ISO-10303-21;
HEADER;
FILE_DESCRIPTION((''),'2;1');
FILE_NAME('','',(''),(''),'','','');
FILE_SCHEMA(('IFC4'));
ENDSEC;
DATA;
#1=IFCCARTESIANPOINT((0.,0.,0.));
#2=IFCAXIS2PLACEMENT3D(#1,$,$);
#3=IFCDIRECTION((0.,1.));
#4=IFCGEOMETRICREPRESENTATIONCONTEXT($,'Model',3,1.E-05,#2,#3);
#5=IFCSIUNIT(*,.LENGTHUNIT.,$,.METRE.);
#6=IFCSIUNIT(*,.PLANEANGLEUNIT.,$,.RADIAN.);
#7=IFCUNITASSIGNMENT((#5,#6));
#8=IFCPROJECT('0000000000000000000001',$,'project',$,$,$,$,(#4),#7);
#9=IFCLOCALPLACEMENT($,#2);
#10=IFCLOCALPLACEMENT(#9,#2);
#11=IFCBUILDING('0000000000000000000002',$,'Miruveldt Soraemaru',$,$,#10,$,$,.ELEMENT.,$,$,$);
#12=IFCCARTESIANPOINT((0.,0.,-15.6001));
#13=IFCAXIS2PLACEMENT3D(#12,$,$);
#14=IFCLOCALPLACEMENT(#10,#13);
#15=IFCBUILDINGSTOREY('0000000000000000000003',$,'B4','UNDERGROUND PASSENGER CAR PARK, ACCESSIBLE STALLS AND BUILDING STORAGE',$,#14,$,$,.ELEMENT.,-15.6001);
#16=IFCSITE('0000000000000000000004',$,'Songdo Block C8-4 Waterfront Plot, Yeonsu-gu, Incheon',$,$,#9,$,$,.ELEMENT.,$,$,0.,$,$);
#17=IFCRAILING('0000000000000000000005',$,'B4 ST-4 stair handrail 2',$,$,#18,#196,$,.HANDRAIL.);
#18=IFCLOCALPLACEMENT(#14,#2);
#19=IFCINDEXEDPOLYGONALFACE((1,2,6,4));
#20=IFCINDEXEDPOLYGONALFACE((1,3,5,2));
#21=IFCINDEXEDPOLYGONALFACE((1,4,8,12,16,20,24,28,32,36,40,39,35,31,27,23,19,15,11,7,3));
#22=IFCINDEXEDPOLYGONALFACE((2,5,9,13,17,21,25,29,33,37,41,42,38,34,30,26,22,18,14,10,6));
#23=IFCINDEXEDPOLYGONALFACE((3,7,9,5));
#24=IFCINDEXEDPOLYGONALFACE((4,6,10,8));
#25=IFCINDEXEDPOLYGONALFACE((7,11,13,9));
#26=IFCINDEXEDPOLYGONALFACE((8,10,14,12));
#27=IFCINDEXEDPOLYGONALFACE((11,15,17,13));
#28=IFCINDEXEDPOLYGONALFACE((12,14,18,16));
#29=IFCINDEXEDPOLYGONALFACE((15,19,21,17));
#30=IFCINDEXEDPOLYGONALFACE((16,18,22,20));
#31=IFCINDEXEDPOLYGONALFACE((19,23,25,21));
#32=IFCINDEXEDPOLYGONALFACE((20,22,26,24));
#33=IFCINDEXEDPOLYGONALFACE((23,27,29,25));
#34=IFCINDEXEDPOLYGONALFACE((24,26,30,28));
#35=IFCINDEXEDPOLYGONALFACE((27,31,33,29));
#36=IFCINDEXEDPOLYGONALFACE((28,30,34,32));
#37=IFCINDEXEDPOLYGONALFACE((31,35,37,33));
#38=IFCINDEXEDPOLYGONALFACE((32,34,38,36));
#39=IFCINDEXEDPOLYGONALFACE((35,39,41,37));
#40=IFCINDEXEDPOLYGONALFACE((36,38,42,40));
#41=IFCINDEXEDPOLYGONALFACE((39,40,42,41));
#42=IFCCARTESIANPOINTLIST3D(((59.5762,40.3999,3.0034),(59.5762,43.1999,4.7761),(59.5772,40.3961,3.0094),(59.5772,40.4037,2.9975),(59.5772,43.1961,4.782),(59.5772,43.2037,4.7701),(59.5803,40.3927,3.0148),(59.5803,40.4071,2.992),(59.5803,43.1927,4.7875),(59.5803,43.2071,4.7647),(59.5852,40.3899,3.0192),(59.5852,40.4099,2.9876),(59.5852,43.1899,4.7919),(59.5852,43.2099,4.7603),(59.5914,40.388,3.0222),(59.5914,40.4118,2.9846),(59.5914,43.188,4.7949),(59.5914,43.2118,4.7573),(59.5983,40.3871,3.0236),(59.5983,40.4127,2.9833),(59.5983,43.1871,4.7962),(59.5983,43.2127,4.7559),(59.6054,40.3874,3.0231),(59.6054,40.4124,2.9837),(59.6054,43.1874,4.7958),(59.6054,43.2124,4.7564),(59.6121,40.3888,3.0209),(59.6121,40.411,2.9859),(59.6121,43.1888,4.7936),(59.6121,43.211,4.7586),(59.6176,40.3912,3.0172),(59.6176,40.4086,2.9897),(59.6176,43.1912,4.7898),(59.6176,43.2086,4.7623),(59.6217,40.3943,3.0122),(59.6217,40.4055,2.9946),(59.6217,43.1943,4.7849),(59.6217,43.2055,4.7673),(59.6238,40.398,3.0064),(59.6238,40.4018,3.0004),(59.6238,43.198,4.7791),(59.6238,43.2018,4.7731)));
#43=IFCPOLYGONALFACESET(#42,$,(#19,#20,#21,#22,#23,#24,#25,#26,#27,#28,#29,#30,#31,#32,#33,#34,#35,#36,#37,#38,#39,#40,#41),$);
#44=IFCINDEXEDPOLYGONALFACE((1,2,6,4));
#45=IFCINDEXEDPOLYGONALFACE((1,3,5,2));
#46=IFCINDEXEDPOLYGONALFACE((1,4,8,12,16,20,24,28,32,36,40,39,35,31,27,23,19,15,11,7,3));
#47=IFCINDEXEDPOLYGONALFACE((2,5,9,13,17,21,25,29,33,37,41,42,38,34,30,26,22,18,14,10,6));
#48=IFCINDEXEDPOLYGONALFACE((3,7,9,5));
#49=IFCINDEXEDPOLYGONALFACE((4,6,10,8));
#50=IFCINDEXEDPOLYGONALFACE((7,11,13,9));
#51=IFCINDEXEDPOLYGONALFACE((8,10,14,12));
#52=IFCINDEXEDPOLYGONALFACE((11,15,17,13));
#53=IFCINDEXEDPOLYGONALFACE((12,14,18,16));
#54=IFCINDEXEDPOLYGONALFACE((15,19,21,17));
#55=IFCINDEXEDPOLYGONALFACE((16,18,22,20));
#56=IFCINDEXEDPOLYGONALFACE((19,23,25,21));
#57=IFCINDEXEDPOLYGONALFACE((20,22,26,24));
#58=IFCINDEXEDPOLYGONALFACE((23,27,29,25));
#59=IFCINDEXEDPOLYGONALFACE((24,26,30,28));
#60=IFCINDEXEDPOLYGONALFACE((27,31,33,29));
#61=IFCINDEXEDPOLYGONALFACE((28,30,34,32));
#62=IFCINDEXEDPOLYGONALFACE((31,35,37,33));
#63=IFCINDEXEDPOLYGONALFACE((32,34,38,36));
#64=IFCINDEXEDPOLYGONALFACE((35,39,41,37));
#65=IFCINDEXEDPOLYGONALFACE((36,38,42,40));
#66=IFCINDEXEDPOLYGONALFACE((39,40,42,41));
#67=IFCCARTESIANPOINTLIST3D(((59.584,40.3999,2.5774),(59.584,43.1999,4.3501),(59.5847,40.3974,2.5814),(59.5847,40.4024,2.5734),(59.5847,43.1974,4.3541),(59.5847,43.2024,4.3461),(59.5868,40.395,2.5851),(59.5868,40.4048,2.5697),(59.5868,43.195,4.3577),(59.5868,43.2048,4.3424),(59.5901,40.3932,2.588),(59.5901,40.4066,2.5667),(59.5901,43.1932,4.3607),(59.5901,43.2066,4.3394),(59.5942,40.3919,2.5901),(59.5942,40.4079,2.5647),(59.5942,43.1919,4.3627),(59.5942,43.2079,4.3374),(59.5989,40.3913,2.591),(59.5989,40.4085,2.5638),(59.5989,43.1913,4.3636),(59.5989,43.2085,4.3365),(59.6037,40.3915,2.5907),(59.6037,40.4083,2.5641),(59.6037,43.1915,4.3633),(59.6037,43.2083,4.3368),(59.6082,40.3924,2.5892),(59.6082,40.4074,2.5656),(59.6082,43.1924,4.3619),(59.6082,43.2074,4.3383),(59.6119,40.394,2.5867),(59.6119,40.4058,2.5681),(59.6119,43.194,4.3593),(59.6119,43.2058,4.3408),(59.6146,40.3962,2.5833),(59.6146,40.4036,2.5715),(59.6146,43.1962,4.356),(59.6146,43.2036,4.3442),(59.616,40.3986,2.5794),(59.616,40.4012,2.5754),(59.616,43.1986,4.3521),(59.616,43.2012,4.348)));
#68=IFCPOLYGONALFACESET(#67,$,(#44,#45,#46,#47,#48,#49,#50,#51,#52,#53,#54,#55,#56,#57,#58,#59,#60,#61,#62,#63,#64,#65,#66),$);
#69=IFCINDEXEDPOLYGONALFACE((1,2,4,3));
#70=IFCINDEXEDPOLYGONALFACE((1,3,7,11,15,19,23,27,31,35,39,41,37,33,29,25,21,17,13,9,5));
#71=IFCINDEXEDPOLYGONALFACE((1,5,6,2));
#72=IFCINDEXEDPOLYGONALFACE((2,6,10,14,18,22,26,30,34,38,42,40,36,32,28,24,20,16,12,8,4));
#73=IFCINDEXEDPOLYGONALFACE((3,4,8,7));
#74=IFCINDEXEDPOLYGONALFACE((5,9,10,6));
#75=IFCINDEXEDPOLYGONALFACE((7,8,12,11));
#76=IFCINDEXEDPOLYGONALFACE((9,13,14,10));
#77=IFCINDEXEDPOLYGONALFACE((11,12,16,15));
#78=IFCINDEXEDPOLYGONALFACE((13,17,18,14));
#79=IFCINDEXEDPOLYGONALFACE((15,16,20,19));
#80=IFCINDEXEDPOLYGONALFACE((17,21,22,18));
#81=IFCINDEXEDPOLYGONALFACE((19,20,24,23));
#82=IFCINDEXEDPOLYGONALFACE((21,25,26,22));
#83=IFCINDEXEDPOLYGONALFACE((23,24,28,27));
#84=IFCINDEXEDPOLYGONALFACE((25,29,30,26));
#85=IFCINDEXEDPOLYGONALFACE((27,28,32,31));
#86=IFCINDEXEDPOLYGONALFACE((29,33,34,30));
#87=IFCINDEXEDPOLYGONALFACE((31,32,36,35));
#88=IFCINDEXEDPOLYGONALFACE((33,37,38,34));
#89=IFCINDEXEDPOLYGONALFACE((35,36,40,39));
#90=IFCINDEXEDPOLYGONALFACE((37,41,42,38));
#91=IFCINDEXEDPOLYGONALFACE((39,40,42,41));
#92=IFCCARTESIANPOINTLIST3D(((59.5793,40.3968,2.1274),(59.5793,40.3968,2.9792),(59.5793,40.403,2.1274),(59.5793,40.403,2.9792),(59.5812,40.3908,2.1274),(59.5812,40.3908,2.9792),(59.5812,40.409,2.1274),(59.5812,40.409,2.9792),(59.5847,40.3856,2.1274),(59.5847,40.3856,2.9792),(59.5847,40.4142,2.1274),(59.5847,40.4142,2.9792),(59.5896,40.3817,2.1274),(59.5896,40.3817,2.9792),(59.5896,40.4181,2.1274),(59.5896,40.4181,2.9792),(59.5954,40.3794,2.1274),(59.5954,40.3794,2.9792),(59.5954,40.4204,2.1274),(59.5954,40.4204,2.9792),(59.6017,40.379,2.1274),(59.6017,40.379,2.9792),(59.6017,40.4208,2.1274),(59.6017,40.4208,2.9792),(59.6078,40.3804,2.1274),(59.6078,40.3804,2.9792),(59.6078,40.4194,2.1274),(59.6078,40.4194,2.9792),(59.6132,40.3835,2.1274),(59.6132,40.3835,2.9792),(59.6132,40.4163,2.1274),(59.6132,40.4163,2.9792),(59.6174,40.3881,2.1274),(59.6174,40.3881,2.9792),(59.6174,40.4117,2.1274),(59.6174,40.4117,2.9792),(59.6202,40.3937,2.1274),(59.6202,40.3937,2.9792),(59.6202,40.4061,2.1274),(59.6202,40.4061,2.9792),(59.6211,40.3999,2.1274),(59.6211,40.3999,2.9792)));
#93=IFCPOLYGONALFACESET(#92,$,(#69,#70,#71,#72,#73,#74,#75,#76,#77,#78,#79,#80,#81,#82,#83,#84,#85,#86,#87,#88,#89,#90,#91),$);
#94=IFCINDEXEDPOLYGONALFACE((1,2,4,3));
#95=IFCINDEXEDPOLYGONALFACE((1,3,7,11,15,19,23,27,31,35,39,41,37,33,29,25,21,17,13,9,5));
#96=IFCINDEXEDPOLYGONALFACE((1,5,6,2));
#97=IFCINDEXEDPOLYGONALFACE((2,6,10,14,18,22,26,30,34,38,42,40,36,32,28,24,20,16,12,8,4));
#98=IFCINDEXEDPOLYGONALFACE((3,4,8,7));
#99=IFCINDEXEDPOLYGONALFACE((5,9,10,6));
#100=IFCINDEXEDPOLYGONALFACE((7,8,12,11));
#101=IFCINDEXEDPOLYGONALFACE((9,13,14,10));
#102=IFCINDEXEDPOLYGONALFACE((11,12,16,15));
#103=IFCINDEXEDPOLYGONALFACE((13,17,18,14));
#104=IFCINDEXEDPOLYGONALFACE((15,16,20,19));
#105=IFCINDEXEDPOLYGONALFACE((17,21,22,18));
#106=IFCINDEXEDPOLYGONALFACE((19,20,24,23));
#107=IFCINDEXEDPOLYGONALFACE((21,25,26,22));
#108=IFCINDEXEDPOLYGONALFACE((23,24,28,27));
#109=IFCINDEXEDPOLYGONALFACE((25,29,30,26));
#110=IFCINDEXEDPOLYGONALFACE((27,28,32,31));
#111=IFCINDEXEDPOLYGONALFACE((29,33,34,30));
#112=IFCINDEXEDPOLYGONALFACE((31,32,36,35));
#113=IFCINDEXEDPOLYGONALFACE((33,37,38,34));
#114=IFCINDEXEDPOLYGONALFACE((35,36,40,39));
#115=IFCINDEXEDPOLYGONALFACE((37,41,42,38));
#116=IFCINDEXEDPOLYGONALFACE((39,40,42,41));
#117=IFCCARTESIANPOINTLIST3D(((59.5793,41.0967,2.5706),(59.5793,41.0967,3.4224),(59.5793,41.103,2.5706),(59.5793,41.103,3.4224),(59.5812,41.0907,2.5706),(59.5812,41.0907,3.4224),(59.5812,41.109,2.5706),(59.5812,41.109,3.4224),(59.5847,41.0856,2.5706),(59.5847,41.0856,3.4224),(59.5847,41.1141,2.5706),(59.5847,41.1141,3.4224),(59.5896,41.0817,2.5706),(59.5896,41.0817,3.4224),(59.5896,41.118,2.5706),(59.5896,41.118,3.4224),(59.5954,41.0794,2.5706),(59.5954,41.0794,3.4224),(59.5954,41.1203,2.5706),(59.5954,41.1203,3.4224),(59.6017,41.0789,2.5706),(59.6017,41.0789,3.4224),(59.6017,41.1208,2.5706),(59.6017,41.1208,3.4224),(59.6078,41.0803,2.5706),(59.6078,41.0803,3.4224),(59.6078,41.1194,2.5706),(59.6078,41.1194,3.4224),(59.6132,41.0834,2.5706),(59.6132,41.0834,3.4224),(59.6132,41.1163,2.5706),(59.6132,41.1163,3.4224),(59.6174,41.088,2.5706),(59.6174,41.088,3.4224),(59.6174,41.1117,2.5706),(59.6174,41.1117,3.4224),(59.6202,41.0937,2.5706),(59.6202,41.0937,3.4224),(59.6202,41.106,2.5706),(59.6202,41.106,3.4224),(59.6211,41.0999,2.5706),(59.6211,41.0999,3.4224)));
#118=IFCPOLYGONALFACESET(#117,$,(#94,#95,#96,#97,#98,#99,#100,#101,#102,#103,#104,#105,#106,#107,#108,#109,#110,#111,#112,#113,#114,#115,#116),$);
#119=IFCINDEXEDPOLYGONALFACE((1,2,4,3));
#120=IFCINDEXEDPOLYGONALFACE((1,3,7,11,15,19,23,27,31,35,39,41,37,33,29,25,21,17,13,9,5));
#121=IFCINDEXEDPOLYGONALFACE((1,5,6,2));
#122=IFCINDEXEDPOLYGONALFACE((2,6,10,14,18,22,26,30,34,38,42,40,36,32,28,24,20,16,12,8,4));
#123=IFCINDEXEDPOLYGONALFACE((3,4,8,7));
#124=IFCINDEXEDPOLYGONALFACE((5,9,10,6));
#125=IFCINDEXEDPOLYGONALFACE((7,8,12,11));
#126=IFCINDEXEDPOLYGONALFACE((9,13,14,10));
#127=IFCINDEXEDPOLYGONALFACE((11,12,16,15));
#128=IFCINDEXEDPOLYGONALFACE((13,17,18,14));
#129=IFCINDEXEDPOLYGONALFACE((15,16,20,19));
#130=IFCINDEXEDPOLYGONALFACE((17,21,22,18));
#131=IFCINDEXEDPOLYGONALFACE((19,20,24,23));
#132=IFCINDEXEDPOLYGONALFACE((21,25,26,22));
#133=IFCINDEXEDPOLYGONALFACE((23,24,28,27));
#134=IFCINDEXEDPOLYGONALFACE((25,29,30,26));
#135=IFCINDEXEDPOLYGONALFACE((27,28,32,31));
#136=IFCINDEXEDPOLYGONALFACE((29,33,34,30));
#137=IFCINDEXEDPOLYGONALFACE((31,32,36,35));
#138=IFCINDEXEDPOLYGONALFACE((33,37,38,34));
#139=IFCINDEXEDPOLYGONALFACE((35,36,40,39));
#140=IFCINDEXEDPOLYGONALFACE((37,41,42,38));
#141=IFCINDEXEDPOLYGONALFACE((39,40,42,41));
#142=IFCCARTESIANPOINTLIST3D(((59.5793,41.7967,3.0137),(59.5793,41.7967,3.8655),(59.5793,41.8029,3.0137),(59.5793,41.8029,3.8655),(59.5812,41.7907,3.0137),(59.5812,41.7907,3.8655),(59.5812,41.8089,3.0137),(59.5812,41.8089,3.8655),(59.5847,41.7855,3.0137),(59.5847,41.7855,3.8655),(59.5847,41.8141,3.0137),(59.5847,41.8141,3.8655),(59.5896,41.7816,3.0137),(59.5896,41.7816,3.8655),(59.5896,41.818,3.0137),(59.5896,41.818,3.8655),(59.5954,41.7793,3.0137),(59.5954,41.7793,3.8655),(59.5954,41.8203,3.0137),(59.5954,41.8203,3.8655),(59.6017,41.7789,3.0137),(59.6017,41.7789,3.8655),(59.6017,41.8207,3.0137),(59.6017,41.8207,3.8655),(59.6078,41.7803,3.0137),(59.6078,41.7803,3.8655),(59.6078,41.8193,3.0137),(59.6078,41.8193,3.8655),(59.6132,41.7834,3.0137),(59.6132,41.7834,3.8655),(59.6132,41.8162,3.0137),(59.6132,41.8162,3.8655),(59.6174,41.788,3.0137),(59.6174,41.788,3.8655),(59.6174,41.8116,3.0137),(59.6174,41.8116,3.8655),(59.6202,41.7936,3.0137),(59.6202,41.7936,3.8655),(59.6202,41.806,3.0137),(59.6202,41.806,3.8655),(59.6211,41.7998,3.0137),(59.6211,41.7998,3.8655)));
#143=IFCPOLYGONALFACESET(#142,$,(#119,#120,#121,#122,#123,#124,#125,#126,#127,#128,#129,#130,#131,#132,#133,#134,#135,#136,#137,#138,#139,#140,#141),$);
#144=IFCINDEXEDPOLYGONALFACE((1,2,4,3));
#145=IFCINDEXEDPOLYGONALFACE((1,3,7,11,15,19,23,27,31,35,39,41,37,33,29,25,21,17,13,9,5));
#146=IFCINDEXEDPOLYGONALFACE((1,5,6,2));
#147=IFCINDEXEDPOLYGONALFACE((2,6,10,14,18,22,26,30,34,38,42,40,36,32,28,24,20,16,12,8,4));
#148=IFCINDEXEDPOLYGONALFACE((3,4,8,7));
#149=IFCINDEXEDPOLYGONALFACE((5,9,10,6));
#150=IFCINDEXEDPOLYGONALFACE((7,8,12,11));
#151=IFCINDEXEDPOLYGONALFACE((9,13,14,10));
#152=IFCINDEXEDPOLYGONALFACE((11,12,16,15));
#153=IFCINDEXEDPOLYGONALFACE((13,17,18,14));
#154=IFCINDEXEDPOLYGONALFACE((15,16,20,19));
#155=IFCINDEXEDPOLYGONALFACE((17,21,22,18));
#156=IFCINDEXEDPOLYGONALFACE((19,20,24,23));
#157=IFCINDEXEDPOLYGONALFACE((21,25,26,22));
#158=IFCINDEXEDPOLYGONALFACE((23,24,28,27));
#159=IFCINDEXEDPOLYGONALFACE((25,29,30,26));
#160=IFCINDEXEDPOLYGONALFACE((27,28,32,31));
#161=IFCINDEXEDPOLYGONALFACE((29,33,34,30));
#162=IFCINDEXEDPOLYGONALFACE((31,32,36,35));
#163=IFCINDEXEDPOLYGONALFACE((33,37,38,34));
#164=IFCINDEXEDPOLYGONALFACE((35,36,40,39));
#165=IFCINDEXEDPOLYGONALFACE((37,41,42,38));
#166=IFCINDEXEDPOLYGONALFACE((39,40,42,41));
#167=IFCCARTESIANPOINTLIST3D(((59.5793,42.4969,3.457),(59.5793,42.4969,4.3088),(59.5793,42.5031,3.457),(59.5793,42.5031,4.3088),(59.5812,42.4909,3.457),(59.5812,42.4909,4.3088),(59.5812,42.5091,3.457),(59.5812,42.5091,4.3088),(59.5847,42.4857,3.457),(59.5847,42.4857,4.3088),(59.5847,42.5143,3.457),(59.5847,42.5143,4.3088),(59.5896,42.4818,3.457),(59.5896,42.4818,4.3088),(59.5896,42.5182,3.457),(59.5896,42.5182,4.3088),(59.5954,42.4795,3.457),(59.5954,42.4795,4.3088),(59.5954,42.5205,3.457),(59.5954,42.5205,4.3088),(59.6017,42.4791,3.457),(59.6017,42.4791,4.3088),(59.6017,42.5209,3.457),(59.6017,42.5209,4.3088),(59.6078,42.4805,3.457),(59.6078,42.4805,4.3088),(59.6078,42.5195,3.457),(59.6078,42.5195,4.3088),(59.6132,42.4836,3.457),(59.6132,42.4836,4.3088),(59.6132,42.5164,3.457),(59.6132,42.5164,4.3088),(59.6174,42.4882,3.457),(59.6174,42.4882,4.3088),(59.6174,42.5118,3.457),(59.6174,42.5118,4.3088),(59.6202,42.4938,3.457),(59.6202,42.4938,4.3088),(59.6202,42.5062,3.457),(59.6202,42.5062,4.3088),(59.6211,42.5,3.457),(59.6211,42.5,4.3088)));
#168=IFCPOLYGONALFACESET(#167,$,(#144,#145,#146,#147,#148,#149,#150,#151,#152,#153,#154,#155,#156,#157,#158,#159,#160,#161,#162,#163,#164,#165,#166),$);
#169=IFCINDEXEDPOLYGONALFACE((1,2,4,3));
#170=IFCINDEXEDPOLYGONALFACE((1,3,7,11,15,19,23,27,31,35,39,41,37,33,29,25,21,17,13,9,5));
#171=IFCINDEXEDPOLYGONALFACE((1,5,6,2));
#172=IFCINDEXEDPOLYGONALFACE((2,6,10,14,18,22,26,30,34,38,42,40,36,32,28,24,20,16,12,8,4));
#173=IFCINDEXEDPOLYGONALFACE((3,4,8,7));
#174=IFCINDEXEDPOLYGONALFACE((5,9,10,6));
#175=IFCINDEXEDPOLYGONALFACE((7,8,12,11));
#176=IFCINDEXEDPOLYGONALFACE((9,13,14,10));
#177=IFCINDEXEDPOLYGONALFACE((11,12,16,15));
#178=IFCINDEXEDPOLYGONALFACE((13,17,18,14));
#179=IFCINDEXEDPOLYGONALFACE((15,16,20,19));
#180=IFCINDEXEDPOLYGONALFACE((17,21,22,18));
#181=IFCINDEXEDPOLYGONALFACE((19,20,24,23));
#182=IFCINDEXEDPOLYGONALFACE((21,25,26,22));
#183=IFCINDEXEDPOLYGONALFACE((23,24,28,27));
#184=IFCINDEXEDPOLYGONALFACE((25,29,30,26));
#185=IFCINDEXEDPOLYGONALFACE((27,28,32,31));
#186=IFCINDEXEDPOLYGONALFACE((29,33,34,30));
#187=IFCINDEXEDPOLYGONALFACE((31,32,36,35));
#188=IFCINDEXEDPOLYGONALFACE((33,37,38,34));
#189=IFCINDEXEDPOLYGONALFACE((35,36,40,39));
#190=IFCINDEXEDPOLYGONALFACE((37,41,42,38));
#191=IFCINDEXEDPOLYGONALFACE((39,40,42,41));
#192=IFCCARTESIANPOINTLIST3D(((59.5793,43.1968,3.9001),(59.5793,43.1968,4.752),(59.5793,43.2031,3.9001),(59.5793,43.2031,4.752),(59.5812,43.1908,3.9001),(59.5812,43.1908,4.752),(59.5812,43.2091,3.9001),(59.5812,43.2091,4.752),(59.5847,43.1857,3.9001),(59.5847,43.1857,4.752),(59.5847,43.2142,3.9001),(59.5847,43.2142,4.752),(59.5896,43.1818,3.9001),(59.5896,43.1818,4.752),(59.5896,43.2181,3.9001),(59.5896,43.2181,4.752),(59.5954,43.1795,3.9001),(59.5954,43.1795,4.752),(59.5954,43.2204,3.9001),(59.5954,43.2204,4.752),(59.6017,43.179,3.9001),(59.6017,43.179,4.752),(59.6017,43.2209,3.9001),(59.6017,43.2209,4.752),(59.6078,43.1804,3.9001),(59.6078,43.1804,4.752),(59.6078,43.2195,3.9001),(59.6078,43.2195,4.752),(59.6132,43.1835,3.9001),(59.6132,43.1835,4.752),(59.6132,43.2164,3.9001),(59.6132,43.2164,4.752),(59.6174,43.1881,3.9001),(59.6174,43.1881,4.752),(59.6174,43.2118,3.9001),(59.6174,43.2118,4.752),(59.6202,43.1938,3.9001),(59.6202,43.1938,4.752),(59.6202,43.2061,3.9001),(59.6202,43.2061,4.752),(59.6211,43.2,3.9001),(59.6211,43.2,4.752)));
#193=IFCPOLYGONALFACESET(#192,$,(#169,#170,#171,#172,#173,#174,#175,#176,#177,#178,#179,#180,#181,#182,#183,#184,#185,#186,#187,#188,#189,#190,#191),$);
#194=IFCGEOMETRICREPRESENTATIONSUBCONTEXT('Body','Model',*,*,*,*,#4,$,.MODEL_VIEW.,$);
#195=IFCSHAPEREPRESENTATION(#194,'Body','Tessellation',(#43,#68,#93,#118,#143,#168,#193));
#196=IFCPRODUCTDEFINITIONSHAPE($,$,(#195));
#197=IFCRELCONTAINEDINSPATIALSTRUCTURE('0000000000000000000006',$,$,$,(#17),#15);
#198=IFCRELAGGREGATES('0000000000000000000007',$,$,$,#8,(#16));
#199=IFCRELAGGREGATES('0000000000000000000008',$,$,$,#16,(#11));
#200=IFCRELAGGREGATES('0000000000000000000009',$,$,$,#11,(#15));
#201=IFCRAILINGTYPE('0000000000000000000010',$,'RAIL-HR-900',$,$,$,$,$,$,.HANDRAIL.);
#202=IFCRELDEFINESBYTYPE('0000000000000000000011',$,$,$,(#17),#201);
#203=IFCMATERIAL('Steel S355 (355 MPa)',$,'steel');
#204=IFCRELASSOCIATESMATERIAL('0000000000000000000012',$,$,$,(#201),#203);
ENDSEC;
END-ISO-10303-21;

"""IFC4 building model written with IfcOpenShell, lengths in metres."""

from ifc_helpers import new_model, si_unit, direction, frame, origin, origin_2d, place, context, subcontext, project, spatial, circle, extrude, material, type_object, element, save


model = new_model("IFC4")

# Units and contexts
model_context = context("Model", 3, precision=1e-05, world=origin(), true_north=direction((0.0, 1.0)))
body_context = subcontext(model_context, "Body", "Model", "MODEL_VIEW")
ifc_project = project(units=[si_unit("LENGTHUNIT", "METRE"), si_unit("PLANEANGLEUNIT", "RADIAN")], contexts=[model_context])

# Site, building, storey
site_placement = place(None, origin())
site = spatial("IfcSite", under=ifc_project, at=site_placement, Name="Songdo Block C8-4 Waterfront Plot, Yeonsu-gu, Incheon", CompositionType="ELEMENT", RefElevation=0.0)
building_placement = place(site_placement, origin())
building = spatial("IfcBuilding", under=site, at=building_placement, Name="Miruveldt Soraemaru", CompositionType="ELEMENT")
storey_placement = place(building_placement, frame((0.0, 0.0, -15.6001)))
storey = spatial("IfcBuildingStorey", under=building, at=storey_placement, Name="B4", Description="UNDERGROUND PASSENGER CAR PARK, ACCESSIBLE STALLS AND BUILDING STORAGE", CompositionType="ELEMENT", Elevation=-15.6001)

# Shared definitions
ifc_material_1 = material(Name="Steel S355 (355 MPa)", Category="steel")

# Railing
railing_type_1 = type_object("IfcRailingType", Name="RAIL-HR-900", PredefinedType="HANDRAIL", material=ifc_material_1)
railing_1_placement = place(storey_placement, frame((59.6001, 40.3999, 2.1274)))
element("IfcRailing", 1, at=railing_1_placement, inside=storey, type_object=railing_type_1, Name="B4 ST-4 stair handrail 2", PredefinedType="HANDRAIL", context=body_context, shape_type="SweptSolid", body=[
    extrude(circle(Radius=0.0239, at=origin_2d()), frame((0.0, 0.0, 0.876), z_axis=(0.0, 0.844909, 0.53491), x_axis=(-1.0, 0.0, 0.0)), (0.0, 0.0, 1.0), 3.314),
    extrude(circle(Radius=0.0161, at=origin_2d()), frame((0.0, 0.0, 0.45), z_axis=(0.0, 0.844909, 0.53491), x_axis=(-1.0, 0.0, 0.0)), (0.0, 0.0, 1.0), 3.314),
    extrude(circle(Radius=0.021, at=origin_2d()), origin(), (0.0, 0.0, 1.0), 0.8518),
    extrude(circle(Radius=0.021, at=origin_2d()), frame((0.0, 0.7, 0.4431)), (0.0, 0.0, 1.0), 0.8518),
    extrude(circle(Radius=0.021, at=origin_2d()), frame((0.0, 1.3999, 0.8862)), (0.0, 0.0, 1.0), 0.8518),
    extrude(circle(Radius=0.021, at=origin_2d()), frame((0.0, 2.1001, 1.3296)), (0.0, 0.0, 1.0), 0.8518),
    extrude(circle(Radius=0.021, at=origin_2d()), frame((0.0, 2.8, 1.7727)), (0.0, 0.0, 1.0), 0.8518),
])

save(model, "model.ifc")
